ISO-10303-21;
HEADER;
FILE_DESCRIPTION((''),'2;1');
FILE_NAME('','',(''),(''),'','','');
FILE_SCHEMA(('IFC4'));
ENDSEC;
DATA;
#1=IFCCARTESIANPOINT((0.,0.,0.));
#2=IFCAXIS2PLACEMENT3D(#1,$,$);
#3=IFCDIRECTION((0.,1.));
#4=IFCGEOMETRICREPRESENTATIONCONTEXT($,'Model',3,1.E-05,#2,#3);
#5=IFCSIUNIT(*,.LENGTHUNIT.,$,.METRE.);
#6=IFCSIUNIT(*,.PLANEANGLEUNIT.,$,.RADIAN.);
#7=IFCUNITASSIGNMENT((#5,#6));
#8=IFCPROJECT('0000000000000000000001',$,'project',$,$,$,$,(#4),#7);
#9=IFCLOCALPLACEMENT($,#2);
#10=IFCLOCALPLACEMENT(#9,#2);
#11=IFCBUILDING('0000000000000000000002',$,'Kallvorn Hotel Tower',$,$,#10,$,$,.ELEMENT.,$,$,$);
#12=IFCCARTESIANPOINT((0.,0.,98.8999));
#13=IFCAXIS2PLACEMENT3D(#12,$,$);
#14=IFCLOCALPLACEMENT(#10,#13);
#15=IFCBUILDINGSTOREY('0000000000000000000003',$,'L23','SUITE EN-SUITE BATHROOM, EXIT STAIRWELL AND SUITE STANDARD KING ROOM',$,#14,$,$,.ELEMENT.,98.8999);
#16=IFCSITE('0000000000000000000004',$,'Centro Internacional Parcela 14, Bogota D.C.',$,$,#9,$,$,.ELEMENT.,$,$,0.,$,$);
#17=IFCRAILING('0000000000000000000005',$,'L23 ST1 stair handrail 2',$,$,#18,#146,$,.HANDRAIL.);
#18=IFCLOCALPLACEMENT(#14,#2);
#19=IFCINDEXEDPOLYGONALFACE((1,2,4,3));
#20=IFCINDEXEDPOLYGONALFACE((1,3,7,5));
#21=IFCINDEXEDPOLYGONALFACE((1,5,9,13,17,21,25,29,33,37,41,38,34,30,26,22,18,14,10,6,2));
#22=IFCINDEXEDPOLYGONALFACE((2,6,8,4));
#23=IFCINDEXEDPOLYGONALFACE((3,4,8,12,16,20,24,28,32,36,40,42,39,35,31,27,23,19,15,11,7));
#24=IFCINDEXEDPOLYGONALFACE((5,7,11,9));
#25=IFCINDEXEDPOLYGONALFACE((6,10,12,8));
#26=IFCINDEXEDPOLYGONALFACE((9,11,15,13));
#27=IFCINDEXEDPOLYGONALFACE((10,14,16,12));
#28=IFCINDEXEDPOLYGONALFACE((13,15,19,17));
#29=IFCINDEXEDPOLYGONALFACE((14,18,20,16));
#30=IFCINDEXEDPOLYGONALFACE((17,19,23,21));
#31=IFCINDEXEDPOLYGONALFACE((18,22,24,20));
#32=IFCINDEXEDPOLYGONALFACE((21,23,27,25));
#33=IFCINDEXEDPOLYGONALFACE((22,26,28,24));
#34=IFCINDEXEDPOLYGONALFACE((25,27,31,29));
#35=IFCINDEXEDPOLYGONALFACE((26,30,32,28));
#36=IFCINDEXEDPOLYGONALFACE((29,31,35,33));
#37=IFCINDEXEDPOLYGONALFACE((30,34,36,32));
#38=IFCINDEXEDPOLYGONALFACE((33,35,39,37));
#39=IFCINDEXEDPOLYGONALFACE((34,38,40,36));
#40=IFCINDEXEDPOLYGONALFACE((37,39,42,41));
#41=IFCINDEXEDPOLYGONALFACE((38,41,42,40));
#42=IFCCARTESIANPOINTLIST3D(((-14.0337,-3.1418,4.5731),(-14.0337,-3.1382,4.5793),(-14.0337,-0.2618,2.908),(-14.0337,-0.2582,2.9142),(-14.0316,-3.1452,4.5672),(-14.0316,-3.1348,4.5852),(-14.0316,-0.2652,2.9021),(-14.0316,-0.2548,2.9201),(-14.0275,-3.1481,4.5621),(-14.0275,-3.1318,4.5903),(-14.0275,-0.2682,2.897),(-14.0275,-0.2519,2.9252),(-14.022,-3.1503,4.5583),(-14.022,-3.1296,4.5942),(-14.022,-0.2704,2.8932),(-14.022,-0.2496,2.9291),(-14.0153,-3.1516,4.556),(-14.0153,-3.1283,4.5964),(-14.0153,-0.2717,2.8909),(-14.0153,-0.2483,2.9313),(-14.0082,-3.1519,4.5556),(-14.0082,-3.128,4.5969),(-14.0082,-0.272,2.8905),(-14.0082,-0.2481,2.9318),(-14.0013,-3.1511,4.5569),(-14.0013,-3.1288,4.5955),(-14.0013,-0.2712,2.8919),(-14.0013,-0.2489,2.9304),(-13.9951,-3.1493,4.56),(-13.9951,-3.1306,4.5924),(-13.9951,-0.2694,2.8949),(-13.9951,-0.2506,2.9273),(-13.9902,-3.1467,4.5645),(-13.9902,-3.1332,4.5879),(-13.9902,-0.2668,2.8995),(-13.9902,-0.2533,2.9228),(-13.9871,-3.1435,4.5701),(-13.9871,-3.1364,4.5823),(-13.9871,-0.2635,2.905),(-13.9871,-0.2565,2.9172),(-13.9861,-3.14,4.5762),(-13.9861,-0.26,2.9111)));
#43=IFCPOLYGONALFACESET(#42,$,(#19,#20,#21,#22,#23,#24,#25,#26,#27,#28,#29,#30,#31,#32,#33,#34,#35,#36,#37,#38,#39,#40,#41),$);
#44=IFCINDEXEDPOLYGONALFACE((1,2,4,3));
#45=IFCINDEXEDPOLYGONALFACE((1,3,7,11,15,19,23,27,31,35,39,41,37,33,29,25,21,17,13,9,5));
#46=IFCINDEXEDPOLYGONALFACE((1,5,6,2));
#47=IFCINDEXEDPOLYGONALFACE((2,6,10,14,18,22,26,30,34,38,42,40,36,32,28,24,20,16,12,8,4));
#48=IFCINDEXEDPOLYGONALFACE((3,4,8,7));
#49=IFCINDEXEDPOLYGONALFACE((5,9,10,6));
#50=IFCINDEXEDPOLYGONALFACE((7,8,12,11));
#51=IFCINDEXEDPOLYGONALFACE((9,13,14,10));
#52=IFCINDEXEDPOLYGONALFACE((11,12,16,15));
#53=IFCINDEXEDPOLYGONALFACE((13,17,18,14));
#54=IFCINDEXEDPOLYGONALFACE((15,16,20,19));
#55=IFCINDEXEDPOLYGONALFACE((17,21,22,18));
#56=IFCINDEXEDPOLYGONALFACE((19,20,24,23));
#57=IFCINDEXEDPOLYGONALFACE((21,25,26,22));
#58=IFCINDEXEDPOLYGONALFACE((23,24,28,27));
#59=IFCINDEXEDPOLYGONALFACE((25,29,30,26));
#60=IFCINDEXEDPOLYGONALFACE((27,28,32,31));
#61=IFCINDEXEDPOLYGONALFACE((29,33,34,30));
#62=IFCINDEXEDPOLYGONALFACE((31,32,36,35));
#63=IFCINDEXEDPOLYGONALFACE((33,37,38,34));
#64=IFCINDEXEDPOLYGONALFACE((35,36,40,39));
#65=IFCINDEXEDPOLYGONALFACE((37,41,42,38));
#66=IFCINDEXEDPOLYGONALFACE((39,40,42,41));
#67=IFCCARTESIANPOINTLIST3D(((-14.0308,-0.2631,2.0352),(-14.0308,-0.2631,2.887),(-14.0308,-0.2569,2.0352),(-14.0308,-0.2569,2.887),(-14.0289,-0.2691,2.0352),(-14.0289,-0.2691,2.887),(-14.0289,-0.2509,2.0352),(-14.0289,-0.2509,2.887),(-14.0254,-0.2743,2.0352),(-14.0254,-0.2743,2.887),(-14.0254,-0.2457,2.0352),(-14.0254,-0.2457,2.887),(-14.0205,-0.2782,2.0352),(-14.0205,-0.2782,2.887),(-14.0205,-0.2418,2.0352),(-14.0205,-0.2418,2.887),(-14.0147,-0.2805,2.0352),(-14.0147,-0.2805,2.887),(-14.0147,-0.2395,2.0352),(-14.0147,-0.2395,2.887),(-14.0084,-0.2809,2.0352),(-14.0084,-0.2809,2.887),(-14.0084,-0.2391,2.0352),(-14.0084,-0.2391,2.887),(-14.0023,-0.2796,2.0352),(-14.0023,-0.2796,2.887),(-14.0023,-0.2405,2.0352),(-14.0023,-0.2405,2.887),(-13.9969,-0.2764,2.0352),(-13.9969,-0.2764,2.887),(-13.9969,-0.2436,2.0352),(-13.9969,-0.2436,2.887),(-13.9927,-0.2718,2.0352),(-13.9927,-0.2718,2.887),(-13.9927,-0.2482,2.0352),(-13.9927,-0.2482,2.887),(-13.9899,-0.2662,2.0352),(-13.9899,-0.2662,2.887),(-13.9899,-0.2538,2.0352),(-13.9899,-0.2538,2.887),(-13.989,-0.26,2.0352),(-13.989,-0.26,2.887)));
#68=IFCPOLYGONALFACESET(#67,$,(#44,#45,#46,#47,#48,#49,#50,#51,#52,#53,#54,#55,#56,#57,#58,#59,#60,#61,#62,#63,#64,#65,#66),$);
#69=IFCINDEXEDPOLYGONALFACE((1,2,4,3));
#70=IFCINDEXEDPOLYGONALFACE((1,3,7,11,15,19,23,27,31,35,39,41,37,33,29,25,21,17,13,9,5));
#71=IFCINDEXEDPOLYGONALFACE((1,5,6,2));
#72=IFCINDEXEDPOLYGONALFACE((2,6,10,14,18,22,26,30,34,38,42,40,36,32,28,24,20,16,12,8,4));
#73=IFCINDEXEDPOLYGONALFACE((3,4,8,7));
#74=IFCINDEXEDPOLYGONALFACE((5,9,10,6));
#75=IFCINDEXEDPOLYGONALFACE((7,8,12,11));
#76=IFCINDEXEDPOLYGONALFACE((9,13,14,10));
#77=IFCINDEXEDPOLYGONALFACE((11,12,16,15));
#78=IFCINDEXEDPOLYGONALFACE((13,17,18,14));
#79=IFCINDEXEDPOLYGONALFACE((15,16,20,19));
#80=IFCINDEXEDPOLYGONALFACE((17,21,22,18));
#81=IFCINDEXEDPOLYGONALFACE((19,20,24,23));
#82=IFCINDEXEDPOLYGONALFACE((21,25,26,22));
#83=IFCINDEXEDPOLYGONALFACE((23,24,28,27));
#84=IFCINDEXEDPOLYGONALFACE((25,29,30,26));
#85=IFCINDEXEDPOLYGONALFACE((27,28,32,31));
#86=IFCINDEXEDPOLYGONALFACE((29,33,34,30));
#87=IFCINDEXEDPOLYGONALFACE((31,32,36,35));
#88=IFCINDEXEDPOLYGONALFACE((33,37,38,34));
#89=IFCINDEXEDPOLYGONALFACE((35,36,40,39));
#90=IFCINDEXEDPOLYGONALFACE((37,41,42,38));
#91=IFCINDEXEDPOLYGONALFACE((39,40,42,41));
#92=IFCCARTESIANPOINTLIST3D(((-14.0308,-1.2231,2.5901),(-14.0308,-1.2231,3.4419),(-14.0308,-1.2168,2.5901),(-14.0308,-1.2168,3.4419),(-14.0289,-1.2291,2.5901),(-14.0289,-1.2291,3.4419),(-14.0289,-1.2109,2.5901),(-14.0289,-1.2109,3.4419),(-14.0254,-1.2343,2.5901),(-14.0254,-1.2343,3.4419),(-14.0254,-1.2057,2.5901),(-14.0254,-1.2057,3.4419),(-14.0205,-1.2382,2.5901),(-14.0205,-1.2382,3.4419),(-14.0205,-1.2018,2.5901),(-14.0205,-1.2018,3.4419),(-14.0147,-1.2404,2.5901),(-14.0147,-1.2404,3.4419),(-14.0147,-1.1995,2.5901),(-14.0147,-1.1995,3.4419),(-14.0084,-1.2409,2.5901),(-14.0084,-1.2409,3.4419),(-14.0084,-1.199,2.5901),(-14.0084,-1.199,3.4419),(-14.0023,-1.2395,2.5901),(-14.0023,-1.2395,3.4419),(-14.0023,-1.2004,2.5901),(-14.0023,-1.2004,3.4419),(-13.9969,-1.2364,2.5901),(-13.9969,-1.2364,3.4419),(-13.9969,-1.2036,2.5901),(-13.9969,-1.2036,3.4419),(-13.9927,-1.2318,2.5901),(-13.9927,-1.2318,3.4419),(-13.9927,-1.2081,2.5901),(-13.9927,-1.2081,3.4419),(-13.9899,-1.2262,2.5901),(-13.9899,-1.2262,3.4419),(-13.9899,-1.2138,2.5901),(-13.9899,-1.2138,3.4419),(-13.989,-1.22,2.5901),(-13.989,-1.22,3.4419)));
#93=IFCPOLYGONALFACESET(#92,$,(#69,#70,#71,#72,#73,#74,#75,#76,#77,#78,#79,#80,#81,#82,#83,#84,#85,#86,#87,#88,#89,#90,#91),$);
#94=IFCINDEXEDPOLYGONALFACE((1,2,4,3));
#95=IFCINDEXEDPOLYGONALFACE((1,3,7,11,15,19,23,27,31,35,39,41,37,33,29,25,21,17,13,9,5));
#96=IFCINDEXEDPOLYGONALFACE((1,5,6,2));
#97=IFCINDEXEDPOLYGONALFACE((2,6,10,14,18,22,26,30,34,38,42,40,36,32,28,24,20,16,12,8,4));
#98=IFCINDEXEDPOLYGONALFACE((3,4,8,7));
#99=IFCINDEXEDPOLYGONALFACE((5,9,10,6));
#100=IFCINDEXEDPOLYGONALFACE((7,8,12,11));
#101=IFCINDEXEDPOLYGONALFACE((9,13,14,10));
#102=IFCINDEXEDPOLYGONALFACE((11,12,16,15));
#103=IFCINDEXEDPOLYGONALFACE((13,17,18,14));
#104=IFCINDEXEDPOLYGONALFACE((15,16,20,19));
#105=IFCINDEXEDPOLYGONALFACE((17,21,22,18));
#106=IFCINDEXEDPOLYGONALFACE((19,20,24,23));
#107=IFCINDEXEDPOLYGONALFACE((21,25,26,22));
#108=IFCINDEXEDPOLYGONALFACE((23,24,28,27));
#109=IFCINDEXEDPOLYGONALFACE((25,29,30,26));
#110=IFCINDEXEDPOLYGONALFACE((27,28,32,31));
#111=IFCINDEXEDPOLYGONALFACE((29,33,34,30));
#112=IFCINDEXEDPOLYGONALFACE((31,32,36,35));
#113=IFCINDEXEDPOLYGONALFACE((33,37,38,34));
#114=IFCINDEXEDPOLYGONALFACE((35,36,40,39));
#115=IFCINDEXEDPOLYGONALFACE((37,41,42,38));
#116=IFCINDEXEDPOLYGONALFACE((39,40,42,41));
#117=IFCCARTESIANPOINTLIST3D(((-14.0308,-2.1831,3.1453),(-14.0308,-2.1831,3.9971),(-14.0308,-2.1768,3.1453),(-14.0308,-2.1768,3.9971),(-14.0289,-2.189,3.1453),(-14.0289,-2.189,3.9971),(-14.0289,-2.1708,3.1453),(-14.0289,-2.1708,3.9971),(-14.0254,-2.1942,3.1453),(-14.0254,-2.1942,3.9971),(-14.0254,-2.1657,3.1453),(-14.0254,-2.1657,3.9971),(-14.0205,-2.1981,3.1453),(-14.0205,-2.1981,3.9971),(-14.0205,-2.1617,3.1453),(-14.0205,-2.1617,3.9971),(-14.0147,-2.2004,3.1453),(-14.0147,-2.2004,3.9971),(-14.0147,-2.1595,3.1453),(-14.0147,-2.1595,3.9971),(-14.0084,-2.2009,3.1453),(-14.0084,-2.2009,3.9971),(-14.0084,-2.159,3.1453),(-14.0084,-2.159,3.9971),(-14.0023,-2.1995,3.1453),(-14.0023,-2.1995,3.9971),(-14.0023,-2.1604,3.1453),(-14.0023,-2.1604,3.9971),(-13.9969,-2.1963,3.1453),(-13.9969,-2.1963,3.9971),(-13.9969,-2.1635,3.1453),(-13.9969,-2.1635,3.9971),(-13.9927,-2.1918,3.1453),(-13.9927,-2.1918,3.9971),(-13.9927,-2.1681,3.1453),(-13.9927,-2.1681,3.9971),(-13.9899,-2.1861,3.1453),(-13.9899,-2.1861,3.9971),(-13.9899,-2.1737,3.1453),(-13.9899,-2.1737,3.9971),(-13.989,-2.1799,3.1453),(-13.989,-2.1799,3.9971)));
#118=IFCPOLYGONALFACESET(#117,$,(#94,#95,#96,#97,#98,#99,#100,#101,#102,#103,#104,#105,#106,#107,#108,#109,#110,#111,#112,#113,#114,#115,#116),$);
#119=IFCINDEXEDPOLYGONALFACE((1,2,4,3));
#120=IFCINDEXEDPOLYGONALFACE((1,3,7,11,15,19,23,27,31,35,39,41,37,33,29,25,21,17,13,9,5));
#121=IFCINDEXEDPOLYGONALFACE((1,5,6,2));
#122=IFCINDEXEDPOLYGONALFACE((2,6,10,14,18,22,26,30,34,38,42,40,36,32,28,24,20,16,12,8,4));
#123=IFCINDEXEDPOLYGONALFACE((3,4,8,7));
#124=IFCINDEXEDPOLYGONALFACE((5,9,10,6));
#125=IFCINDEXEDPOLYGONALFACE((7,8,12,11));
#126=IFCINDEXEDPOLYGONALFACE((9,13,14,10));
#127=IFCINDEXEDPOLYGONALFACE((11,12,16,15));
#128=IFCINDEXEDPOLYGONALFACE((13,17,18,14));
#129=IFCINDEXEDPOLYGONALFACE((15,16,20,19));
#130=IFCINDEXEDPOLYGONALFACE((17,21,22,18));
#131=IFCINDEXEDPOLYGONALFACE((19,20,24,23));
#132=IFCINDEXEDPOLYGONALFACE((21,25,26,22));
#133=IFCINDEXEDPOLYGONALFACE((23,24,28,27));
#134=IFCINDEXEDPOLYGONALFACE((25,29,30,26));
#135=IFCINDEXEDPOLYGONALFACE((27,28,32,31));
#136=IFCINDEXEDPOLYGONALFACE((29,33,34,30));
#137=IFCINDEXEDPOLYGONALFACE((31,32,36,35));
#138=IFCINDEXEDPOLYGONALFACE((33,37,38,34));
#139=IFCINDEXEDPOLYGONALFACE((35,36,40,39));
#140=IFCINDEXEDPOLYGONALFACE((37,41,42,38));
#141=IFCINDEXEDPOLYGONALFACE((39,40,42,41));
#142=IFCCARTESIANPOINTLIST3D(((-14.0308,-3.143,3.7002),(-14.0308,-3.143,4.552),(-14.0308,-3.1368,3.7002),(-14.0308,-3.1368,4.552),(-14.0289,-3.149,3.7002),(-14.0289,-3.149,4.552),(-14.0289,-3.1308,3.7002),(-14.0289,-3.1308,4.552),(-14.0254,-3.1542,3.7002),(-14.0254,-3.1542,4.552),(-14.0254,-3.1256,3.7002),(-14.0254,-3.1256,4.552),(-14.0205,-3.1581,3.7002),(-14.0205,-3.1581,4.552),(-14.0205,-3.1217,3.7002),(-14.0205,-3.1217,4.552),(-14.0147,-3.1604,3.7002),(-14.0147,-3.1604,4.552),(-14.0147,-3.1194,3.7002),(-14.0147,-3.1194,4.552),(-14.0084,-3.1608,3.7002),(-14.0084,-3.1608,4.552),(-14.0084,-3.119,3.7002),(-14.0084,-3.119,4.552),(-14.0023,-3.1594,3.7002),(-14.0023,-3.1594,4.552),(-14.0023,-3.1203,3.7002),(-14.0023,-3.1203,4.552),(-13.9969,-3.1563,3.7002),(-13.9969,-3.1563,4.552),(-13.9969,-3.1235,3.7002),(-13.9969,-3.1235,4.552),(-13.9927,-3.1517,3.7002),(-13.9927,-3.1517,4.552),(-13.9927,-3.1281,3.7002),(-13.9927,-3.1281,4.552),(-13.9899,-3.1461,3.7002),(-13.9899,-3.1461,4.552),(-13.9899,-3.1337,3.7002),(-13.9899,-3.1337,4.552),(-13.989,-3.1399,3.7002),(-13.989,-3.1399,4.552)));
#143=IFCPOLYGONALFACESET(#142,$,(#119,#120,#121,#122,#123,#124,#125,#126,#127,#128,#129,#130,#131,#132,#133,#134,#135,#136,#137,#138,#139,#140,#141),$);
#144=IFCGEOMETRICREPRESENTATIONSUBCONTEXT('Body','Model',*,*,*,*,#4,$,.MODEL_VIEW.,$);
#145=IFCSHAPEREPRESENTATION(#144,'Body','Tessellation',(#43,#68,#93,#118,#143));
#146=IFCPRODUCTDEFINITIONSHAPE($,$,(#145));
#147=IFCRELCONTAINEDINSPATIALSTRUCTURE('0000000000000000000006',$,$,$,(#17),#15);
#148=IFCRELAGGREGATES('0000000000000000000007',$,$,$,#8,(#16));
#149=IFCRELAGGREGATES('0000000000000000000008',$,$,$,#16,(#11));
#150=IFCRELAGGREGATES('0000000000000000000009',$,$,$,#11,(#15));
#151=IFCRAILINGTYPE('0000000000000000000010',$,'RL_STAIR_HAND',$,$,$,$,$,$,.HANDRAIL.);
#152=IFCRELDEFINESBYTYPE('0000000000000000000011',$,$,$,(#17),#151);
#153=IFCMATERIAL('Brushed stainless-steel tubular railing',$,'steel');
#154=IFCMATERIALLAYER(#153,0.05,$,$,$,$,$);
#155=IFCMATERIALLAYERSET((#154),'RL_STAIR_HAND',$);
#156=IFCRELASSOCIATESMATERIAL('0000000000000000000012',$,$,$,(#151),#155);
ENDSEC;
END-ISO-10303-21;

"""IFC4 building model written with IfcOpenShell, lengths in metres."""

from ifc_helpers import new_model, si_unit, direction, frame, origin, origin_2d, place, context, subcontext, project, spatial, circle, extrude, material, layer, layer_set, type_object, element, save


model = new_model("IFC4")

# Units and contexts
model_context = context("Model", 3, precision=1e-05, world=origin(), true_north=direction((0.0, 1.0)))
body_context = subcontext(model_context, "Body", "Model", "MODEL_VIEW")
ifc_project = project(units=[si_unit("LENGTHUNIT", "METRE"), si_unit("PLANEANGLEUNIT", "RADIAN")], contexts=[model_context])

# Site, building, storey
site_placement = place(None, origin())
site = spatial("IfcSite", under=ifc_project, at=site_placement, Name="Centro Internacional Parcela 14, Bogota D.C.", CompositionType="ELEMENT", RefElevation=0.0)
building_placement = place(site_placement, origin())
building = spatial("IfcBuilding", under=site, at=building_placement, Name="Kallvorn Hotel Tower", CompositionType="ELEMENT")
storey_placement = place(building_placement, frame((0.0, 0.0, 98.8999)))
storey = spatial("IfcBuildingStorey", under=building, at=storey_placement, Name="L23", Description="SUITE EN-SUITE BATHROOM, EXIT STAIRWELL AND SUITE STANDARD KING ROOM", CompositionType="ELEMENT", Elevation=98.8999)

# Railing
ifc_material_1 = material(Name="Brushed stainless-steel tubular railing", Category="steel")
ifc_layer_1 = layer(ifc_material_1, 0.05)
ifc_layer_set_1 = layer_set([ifc_layer_1], Name="RL_STAIR_HAND")
railing_type_1 = type_object("IfcRailingType", Name="RL_STAIR_HAND", PredefinedType="HANDRAIL", material=ifc_layer_set_1)
railing_1_placement = place(storey_placement, frame((-14.01, -0.26, 2.0352)))
element("IfcRailing", 1, at=railing_1_placement, inside=storey, type_object=railing_type_1, Name="L23 ST1 stair handrail 2", PredefinedType="HANDRAIL", context=body_context, shape_type="SweptSolid", body=[
    extrude(circle(Radius=0.0239, at=origin_2d()), frame((0.0, 0.0, 0.876), z_axis=(0.0, -0.865721, 0.500527), x_axis=(1.0, 0.0, 0.0)), (0.0, 0.0, 1.0), 3.3267),
    extrude(circle(Radius=0.021, at=origin_2d()), origin(), (0.0, 0.0, 1.0), 0.8518),
    extrude(circle(Radius=0.021, at=origin_2d()), frame((0.0, -0.96, 0.5549)), (0.0, 0.0, 1.0), 0.8518),
    extrude(circle(Radius=0.021, at=origin_2d()), frame((0.0, -1.9199, 1.1101)), (0.0, 0.0, 1.0), 0.8518),
    extrude(circle(Radius=0.021, at=origin_2d()), frame((0.0, -2.8799, 1.665)), (0.0, 0.0, 1.0), 0.8518),
])

save(model, "model.ifc")
